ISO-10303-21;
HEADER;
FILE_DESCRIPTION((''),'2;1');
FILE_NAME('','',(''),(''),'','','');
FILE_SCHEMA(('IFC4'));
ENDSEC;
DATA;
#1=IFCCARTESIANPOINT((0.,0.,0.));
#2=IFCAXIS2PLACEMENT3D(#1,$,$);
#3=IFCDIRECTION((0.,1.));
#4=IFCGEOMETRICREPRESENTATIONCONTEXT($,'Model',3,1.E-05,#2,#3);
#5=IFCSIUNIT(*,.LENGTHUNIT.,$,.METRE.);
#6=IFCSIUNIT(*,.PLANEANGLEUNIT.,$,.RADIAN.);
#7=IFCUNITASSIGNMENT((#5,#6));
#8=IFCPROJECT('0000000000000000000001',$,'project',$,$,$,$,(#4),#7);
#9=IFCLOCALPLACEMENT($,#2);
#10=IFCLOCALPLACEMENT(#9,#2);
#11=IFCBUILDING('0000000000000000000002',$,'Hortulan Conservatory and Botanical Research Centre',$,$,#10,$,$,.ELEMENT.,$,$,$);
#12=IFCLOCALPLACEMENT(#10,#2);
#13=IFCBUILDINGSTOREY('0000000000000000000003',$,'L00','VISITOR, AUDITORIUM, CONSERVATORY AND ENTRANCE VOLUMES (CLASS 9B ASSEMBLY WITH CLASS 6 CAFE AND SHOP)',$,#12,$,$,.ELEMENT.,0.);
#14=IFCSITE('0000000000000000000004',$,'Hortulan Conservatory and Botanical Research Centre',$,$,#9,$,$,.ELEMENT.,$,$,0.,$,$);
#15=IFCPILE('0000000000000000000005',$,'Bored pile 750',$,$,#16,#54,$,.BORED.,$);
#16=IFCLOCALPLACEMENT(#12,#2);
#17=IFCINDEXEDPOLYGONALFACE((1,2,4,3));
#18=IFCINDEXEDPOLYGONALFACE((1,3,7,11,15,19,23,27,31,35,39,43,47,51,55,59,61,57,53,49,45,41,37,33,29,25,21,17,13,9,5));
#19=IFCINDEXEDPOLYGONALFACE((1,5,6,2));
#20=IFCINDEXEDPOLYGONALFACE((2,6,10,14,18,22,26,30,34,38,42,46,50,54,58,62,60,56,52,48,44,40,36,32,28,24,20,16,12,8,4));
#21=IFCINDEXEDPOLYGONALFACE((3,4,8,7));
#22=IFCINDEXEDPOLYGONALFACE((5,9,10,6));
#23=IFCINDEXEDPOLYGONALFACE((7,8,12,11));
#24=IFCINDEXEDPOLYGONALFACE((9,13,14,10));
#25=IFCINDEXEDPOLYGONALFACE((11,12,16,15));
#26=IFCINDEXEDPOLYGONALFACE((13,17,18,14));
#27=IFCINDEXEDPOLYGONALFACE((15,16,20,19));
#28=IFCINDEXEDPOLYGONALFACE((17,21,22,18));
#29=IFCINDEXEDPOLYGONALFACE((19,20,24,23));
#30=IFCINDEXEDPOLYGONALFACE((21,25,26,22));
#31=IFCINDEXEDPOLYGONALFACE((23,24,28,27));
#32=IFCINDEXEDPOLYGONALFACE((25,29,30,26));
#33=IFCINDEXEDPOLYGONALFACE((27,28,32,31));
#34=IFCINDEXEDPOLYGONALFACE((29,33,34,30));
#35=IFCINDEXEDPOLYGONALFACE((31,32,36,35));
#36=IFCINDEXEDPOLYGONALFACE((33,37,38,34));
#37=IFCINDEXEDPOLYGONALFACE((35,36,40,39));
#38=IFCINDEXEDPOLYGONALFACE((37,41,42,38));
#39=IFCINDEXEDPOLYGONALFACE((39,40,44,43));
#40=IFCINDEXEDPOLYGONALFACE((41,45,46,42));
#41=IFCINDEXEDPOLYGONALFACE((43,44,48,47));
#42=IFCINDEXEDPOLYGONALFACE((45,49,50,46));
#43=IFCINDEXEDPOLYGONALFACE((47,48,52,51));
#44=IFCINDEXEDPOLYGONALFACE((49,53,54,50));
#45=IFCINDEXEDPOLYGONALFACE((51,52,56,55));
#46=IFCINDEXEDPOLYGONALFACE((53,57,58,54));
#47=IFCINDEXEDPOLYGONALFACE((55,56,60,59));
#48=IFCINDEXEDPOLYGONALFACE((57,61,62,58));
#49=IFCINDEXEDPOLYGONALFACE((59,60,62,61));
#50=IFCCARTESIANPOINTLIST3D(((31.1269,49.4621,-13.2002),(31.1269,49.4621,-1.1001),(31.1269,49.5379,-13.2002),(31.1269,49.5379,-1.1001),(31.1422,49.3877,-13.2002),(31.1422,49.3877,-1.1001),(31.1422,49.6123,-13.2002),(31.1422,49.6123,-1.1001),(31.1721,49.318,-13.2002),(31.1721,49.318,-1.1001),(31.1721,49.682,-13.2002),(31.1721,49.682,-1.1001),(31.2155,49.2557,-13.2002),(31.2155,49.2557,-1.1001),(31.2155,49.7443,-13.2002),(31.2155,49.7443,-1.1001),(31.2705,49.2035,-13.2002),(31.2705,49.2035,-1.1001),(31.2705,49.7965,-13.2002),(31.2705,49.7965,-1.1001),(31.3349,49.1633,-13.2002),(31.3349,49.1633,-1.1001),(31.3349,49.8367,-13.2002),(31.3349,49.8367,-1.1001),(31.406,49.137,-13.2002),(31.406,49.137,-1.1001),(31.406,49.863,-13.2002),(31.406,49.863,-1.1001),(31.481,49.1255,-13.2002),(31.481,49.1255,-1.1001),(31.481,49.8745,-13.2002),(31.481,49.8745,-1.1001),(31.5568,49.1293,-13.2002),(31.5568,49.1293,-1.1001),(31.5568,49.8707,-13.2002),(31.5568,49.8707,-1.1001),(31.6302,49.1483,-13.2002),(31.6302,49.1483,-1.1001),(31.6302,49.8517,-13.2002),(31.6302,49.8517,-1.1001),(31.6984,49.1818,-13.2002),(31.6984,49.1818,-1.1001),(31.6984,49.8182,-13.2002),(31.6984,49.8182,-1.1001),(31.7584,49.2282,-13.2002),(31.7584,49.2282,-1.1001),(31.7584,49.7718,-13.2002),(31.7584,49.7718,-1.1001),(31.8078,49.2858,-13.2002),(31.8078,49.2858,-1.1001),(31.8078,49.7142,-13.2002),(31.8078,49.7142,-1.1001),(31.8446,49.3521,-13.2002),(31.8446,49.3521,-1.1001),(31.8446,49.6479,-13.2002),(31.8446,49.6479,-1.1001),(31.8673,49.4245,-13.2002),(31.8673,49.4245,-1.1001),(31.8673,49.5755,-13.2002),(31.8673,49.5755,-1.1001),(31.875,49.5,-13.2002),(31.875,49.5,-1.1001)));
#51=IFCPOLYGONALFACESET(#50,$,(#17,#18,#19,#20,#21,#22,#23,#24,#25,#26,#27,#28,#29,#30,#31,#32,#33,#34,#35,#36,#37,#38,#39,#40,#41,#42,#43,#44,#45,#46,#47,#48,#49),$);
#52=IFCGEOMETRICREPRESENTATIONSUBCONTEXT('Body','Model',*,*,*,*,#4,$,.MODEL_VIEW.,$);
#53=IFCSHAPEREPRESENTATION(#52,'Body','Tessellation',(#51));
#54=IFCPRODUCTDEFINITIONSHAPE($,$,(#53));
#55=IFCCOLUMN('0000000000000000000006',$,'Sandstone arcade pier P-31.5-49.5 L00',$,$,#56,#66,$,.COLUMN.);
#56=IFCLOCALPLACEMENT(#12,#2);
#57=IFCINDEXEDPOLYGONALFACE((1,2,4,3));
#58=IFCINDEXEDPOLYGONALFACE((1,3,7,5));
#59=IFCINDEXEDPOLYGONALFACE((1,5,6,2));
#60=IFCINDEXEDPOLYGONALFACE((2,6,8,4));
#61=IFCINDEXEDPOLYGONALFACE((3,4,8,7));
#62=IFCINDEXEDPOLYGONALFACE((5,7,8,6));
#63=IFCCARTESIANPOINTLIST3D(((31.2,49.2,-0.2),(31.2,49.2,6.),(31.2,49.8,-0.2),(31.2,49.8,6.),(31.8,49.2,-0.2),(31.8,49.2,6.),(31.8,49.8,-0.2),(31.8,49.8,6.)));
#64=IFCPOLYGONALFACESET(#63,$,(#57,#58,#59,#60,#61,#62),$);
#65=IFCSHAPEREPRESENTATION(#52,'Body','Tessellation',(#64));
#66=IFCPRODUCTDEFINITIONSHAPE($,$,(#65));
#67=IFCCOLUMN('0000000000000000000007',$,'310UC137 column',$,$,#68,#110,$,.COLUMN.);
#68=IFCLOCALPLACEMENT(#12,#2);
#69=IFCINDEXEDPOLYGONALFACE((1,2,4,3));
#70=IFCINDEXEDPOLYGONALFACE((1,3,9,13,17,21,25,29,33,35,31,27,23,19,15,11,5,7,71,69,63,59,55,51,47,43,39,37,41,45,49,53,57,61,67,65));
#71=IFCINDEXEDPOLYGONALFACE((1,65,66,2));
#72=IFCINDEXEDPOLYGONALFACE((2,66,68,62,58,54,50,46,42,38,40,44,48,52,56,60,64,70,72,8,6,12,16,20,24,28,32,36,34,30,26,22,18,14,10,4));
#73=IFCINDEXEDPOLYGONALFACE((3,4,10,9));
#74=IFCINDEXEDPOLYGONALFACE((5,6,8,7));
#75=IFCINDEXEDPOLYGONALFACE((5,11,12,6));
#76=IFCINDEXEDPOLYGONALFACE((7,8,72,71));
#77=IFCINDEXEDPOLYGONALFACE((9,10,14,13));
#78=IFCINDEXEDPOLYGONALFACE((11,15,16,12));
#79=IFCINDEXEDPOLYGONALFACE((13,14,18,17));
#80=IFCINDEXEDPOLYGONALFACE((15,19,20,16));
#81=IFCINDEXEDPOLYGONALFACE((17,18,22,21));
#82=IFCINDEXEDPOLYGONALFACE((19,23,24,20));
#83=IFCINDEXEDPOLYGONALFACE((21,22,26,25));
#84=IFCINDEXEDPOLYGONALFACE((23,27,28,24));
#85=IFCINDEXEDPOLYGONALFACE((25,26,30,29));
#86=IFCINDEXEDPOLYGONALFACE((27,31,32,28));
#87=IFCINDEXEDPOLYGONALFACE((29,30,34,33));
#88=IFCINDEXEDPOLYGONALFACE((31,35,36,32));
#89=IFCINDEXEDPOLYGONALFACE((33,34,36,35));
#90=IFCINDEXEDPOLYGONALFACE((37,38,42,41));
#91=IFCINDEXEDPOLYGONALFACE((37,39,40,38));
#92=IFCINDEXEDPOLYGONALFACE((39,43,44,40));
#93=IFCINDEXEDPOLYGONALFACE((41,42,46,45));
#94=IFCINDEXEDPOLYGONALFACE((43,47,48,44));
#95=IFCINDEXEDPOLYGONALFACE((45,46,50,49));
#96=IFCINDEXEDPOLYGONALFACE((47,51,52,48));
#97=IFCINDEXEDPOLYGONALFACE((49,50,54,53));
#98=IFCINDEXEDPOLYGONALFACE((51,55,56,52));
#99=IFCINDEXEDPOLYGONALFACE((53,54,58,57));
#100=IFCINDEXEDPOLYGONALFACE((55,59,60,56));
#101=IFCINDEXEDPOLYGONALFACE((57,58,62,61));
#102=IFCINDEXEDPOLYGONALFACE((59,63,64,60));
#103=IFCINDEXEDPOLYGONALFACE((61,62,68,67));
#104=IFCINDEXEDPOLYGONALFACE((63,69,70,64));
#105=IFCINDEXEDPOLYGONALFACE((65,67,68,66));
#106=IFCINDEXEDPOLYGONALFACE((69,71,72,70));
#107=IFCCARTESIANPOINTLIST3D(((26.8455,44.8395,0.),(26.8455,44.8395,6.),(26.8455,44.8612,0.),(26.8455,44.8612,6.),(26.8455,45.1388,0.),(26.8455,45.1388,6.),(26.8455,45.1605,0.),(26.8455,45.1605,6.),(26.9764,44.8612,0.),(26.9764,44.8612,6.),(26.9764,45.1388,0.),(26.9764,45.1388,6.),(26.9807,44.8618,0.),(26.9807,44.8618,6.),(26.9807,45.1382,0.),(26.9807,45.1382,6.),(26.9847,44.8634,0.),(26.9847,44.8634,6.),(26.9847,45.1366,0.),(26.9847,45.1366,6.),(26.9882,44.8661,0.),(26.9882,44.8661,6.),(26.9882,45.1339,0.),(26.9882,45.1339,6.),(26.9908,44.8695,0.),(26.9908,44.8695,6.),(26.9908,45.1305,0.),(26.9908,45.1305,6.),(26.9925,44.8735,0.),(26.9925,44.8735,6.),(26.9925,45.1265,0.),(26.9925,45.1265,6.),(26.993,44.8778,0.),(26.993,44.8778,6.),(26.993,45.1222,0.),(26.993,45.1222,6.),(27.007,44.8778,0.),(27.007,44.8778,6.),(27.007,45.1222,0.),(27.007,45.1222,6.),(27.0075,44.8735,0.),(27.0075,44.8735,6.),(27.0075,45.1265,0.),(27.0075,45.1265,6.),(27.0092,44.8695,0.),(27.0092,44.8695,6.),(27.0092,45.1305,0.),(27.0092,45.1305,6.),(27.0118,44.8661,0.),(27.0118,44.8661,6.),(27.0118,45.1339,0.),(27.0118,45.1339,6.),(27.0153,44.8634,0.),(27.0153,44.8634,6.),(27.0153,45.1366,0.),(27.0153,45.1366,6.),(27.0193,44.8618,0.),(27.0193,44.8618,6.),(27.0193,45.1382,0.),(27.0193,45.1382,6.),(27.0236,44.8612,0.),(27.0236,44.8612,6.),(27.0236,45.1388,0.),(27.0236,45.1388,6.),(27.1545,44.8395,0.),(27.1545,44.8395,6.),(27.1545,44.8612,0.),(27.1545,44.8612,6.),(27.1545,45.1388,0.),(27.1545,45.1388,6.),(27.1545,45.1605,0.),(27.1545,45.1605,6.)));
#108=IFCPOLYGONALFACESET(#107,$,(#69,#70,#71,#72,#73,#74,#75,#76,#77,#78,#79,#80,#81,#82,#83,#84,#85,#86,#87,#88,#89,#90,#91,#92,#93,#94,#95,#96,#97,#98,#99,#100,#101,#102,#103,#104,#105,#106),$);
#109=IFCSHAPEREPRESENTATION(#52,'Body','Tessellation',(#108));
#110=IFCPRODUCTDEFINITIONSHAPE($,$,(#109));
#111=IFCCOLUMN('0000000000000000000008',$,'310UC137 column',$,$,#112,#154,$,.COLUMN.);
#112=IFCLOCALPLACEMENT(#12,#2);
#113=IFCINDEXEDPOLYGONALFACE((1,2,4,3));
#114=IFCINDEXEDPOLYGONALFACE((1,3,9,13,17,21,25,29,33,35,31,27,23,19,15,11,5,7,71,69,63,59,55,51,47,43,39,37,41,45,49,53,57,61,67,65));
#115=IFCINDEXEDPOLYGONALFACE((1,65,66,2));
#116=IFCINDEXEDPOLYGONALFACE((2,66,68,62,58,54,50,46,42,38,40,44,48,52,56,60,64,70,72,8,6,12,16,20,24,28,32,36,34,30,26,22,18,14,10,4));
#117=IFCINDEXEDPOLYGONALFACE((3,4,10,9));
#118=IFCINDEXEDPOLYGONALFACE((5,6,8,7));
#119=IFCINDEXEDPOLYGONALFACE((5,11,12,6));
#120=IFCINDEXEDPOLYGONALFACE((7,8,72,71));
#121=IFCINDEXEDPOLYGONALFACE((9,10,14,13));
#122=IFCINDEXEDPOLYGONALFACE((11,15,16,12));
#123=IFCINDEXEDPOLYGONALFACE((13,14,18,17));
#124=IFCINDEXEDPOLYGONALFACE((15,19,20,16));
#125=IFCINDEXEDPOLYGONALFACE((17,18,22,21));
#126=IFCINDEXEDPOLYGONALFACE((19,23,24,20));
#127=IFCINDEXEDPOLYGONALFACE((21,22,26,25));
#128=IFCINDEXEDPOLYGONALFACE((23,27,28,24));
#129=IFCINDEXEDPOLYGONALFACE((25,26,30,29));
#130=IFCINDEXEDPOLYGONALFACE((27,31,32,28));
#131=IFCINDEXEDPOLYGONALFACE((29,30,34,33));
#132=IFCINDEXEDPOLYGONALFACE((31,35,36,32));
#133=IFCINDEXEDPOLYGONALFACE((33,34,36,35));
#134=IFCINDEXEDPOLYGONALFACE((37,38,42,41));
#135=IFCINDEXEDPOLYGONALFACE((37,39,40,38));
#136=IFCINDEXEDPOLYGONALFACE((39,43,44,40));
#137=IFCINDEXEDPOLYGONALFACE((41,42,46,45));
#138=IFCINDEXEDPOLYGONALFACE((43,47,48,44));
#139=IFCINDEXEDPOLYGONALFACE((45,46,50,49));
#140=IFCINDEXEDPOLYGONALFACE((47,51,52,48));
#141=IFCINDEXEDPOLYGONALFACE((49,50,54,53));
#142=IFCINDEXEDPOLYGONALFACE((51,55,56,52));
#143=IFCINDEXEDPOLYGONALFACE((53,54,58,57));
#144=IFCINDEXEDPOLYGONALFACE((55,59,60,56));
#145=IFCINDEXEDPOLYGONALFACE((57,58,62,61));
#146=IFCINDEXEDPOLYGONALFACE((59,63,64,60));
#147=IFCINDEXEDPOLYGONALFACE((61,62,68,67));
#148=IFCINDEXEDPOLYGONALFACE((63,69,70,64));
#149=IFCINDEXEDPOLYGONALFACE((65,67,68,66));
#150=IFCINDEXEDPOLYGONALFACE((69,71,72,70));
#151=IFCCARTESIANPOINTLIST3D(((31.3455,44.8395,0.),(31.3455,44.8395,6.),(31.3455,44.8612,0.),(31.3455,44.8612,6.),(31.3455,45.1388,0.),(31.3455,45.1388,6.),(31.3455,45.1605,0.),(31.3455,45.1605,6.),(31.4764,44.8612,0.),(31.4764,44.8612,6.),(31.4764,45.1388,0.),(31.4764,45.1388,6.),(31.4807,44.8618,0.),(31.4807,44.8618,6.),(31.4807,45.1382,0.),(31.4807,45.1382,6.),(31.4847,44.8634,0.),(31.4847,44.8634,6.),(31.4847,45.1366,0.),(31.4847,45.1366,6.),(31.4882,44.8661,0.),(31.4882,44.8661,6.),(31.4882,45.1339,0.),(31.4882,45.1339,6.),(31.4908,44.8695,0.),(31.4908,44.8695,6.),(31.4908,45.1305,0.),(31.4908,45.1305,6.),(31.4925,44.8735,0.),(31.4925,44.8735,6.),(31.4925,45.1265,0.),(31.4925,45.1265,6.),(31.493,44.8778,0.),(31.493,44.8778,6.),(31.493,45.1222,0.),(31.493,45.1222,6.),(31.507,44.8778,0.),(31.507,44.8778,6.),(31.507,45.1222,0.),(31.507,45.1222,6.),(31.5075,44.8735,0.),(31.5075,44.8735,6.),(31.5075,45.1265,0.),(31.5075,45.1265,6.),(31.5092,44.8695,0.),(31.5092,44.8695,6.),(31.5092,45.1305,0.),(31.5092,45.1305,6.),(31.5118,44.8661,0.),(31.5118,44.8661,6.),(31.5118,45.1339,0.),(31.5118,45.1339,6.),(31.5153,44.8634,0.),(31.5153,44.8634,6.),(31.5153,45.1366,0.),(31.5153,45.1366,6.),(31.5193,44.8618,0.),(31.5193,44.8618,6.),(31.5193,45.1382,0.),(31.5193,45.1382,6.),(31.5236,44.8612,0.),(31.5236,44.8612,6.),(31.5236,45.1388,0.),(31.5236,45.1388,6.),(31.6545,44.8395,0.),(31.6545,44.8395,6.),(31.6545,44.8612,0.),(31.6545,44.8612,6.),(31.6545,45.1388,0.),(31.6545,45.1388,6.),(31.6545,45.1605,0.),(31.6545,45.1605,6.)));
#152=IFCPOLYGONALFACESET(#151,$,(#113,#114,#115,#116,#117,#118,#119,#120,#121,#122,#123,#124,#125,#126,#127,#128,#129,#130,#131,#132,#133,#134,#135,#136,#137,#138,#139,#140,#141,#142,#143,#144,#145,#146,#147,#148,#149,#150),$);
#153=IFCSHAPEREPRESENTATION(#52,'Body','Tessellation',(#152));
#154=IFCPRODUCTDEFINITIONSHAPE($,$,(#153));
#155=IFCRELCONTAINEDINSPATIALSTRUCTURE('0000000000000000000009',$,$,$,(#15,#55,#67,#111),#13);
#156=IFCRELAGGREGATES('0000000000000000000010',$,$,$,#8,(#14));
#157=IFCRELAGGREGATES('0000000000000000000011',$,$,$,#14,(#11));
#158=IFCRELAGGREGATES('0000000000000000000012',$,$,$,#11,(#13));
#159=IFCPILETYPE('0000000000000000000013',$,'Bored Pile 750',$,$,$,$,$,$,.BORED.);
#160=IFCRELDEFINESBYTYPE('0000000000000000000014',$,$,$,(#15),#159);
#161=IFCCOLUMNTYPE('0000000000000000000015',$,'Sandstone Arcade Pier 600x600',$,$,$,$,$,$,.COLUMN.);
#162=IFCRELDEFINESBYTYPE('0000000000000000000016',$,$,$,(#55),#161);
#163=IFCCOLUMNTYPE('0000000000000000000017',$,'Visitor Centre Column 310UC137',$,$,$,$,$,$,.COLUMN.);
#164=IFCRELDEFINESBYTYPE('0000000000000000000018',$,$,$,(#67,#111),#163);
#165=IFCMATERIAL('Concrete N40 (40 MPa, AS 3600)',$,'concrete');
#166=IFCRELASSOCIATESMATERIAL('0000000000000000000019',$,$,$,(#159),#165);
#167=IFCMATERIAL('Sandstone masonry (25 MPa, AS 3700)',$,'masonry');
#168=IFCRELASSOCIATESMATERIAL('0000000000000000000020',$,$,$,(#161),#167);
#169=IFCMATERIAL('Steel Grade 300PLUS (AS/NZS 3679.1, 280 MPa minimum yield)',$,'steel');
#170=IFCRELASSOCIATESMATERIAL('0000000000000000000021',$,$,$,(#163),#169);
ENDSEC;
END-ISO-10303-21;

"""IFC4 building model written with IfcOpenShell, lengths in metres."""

from ifc_helpers import new_model, si_unit, direction, frame, origin, origin_2d, place, context, subcontext, project, spatial, rectangle, circle, i_section, extrude, material, material_profile, profile_set, type_object, element, save


model = new_model("IFC4")

# Units and contexts
model_context = context("Model", 3, precision=1e-05, world=origin(), true_north=direction((0.0, 1.0)))
body_context = subcontext(model_context, "Body", "Model", "MODEL_VIEW")
ifc_project = project(units=[si_unit("LENGTHUNIT", "METRE"), si_unit("PLANEANGLEUNIT", "RADIAN")], contexts=[model_context])

# Site, building, storey
site_placement = place(None, origin())
site = spatial("IfcSite", under=ifc_project, at=site_placement, Name="Hortulan Conservatory and Botanical Research Centre", CompositionType="ELEMENT", RefElevation=0.0)
building_placement = place(site_placement, origin())
building = spatial("IfcBuilding", under=site, at=building_placement, Name="Hortulan Conservatory and Botanical Research Centre", CompositionType="ELEMENT")
storey_placement = place(building_placement, origin())
storey = spatial("IfcBuildingStorey", under=building, at=storey_placement, Name="L00", Description="VISITOR, AUDITORIUM, CONSERVATORY AND ENTRANCE VOLUMES (CLASS 9B ASSEMBLY WITH CLASS 6 CAFE AND SHOP)", CompositionType="ELEMENT", Elevation=0.0)

# Pile
ifc_material_1 = material(Name="Concrete N40 (40 MPa, AS 3600)", Category="concrete")
ifc_material_profile_1 = material_profile(ifc_material_1, circle(Radius=0.375, at=origin_2d()), Name="Bored pile 750 diameter")
ifc_profile_set_1 = profile_set([ifc_material_profile_1], Name="Concrete N40 (40 MPa, AS 3600)")
pile_type = type_object("IfcPileType", Name="Bored Pile 750", PredefinedType="BORED", material=ifc_profile_set_1)
pile_placement = place(storey_placement, frame((31.5, 49.5, -1.1001), z_axis=(0.0, 0.0, -1.0), x_axis=(1.0, 0.0, 0.0)))
element("IfcPile", 1, at=pile_placement, inside=storey, type_object=pile_type, Name="Bored pile 750", PredefinedType="BORED", context=body_context, shape_type="SweptSolid", body=[
    extrude(circle(Radius=0.375, at=origin_2d()), origin(), (0.0, 0.0, 1.0), 12.1001),
])

# Columns
ifc_material_2 = material(Name="Sandstone masonry (25 MPa, AS 3700)", Category="masonry")
ifc_material_profile_2 = material_profile(ifc_material_2, rectangle(XDim=0.6001, YDim=0.6001, at=origin_2d()), Name="Square pier 600")
ifc_profile_set_2 = profile_set([ifc_material_profile_2], Name="Sandstone masonry (25 MPa, AS 3700)")
column_type_1 = type_object("IfcColumnType", Name="Sandstone Arcade Pier 600x600", PredefinedType="COLUMN", material=ifc_profile_set_2)
column_placement = place(storey_placement, frame((31.5, 49.5, -0.2), z_axis=(0.0, 0.0, 1.0), x_axis=(1.0, 0.0, 0.0)))
element("IfcColumn", 2, at=column_placement, inside=storey, type_object=column_type_1, Name="Sandstone arcade pier P-31.5-49.5 L00", PredefinedType="COLUMN", context=body_context, shape_type="SweptSolid", body=[
    extrude(rectangle(XDim=0.6001, YDim=0.6001, at=origin_2d()), origin(), (0.0, 0.0, 1.0), 6.2),
])
ifc_material_3 = material(Name="Steel Grade 300PLUS (AS/NZS 3679.1, 280 MPa minimum yield)", Category="steel")
ifc_material_profile_3 = material_profile(ifc_material_3, i_section(OverallWidth=0.3091, OverallDepth=0.321, WebThickness=0.0139, FlangeThickness=0.0217, FilletRadius=0.0166, at=origin_2d()), Name="310UC137")
ifc_profile_set_3 = profile_set([ifc_material_profile_3], Name="Steel Grade 300PLUS (AS/NZS 3679.1, 280 MPa minimum yield)")
column_type_2 = type_object("IfcColumnType", Name="Visitor Centre Column 310UC137", PredefinedType="COLUMN", material=ifc_profile_set_3)
for number, where, z_axis, x_axis, name in (
    (3, (27.0, 45.0, 0.0), (0.0, 0.0, 1.0), (1.0, 0.0, 0.0), "310UC137 column"),
    (4, (31.5, 45.0, 0.0), (0.0, 0.0, 1.0), (1.0, 0.0, 0.0), "310UC137 column"),
):
    element("IfcColumn", number, at=place(storey_placement, frame(where, z_axis=z_axis, x_axis=x_axis)), inside=storey, type_object=column_type_2, Name=name, PredefinedType="COLUMN", context=body_context, shape_type="SweptSolid", body=[
        extrude(i_section(OverallWidth=0.3091, OverallDepth=0.321, WebThickness=0.0139, FlangeThickness=0.0217, FilletRadius=0.0166, at=origin_2d()), origin(), (0.0, 0.0, 1.0), 6.0),
    ])

save(model, "model.ifc")
